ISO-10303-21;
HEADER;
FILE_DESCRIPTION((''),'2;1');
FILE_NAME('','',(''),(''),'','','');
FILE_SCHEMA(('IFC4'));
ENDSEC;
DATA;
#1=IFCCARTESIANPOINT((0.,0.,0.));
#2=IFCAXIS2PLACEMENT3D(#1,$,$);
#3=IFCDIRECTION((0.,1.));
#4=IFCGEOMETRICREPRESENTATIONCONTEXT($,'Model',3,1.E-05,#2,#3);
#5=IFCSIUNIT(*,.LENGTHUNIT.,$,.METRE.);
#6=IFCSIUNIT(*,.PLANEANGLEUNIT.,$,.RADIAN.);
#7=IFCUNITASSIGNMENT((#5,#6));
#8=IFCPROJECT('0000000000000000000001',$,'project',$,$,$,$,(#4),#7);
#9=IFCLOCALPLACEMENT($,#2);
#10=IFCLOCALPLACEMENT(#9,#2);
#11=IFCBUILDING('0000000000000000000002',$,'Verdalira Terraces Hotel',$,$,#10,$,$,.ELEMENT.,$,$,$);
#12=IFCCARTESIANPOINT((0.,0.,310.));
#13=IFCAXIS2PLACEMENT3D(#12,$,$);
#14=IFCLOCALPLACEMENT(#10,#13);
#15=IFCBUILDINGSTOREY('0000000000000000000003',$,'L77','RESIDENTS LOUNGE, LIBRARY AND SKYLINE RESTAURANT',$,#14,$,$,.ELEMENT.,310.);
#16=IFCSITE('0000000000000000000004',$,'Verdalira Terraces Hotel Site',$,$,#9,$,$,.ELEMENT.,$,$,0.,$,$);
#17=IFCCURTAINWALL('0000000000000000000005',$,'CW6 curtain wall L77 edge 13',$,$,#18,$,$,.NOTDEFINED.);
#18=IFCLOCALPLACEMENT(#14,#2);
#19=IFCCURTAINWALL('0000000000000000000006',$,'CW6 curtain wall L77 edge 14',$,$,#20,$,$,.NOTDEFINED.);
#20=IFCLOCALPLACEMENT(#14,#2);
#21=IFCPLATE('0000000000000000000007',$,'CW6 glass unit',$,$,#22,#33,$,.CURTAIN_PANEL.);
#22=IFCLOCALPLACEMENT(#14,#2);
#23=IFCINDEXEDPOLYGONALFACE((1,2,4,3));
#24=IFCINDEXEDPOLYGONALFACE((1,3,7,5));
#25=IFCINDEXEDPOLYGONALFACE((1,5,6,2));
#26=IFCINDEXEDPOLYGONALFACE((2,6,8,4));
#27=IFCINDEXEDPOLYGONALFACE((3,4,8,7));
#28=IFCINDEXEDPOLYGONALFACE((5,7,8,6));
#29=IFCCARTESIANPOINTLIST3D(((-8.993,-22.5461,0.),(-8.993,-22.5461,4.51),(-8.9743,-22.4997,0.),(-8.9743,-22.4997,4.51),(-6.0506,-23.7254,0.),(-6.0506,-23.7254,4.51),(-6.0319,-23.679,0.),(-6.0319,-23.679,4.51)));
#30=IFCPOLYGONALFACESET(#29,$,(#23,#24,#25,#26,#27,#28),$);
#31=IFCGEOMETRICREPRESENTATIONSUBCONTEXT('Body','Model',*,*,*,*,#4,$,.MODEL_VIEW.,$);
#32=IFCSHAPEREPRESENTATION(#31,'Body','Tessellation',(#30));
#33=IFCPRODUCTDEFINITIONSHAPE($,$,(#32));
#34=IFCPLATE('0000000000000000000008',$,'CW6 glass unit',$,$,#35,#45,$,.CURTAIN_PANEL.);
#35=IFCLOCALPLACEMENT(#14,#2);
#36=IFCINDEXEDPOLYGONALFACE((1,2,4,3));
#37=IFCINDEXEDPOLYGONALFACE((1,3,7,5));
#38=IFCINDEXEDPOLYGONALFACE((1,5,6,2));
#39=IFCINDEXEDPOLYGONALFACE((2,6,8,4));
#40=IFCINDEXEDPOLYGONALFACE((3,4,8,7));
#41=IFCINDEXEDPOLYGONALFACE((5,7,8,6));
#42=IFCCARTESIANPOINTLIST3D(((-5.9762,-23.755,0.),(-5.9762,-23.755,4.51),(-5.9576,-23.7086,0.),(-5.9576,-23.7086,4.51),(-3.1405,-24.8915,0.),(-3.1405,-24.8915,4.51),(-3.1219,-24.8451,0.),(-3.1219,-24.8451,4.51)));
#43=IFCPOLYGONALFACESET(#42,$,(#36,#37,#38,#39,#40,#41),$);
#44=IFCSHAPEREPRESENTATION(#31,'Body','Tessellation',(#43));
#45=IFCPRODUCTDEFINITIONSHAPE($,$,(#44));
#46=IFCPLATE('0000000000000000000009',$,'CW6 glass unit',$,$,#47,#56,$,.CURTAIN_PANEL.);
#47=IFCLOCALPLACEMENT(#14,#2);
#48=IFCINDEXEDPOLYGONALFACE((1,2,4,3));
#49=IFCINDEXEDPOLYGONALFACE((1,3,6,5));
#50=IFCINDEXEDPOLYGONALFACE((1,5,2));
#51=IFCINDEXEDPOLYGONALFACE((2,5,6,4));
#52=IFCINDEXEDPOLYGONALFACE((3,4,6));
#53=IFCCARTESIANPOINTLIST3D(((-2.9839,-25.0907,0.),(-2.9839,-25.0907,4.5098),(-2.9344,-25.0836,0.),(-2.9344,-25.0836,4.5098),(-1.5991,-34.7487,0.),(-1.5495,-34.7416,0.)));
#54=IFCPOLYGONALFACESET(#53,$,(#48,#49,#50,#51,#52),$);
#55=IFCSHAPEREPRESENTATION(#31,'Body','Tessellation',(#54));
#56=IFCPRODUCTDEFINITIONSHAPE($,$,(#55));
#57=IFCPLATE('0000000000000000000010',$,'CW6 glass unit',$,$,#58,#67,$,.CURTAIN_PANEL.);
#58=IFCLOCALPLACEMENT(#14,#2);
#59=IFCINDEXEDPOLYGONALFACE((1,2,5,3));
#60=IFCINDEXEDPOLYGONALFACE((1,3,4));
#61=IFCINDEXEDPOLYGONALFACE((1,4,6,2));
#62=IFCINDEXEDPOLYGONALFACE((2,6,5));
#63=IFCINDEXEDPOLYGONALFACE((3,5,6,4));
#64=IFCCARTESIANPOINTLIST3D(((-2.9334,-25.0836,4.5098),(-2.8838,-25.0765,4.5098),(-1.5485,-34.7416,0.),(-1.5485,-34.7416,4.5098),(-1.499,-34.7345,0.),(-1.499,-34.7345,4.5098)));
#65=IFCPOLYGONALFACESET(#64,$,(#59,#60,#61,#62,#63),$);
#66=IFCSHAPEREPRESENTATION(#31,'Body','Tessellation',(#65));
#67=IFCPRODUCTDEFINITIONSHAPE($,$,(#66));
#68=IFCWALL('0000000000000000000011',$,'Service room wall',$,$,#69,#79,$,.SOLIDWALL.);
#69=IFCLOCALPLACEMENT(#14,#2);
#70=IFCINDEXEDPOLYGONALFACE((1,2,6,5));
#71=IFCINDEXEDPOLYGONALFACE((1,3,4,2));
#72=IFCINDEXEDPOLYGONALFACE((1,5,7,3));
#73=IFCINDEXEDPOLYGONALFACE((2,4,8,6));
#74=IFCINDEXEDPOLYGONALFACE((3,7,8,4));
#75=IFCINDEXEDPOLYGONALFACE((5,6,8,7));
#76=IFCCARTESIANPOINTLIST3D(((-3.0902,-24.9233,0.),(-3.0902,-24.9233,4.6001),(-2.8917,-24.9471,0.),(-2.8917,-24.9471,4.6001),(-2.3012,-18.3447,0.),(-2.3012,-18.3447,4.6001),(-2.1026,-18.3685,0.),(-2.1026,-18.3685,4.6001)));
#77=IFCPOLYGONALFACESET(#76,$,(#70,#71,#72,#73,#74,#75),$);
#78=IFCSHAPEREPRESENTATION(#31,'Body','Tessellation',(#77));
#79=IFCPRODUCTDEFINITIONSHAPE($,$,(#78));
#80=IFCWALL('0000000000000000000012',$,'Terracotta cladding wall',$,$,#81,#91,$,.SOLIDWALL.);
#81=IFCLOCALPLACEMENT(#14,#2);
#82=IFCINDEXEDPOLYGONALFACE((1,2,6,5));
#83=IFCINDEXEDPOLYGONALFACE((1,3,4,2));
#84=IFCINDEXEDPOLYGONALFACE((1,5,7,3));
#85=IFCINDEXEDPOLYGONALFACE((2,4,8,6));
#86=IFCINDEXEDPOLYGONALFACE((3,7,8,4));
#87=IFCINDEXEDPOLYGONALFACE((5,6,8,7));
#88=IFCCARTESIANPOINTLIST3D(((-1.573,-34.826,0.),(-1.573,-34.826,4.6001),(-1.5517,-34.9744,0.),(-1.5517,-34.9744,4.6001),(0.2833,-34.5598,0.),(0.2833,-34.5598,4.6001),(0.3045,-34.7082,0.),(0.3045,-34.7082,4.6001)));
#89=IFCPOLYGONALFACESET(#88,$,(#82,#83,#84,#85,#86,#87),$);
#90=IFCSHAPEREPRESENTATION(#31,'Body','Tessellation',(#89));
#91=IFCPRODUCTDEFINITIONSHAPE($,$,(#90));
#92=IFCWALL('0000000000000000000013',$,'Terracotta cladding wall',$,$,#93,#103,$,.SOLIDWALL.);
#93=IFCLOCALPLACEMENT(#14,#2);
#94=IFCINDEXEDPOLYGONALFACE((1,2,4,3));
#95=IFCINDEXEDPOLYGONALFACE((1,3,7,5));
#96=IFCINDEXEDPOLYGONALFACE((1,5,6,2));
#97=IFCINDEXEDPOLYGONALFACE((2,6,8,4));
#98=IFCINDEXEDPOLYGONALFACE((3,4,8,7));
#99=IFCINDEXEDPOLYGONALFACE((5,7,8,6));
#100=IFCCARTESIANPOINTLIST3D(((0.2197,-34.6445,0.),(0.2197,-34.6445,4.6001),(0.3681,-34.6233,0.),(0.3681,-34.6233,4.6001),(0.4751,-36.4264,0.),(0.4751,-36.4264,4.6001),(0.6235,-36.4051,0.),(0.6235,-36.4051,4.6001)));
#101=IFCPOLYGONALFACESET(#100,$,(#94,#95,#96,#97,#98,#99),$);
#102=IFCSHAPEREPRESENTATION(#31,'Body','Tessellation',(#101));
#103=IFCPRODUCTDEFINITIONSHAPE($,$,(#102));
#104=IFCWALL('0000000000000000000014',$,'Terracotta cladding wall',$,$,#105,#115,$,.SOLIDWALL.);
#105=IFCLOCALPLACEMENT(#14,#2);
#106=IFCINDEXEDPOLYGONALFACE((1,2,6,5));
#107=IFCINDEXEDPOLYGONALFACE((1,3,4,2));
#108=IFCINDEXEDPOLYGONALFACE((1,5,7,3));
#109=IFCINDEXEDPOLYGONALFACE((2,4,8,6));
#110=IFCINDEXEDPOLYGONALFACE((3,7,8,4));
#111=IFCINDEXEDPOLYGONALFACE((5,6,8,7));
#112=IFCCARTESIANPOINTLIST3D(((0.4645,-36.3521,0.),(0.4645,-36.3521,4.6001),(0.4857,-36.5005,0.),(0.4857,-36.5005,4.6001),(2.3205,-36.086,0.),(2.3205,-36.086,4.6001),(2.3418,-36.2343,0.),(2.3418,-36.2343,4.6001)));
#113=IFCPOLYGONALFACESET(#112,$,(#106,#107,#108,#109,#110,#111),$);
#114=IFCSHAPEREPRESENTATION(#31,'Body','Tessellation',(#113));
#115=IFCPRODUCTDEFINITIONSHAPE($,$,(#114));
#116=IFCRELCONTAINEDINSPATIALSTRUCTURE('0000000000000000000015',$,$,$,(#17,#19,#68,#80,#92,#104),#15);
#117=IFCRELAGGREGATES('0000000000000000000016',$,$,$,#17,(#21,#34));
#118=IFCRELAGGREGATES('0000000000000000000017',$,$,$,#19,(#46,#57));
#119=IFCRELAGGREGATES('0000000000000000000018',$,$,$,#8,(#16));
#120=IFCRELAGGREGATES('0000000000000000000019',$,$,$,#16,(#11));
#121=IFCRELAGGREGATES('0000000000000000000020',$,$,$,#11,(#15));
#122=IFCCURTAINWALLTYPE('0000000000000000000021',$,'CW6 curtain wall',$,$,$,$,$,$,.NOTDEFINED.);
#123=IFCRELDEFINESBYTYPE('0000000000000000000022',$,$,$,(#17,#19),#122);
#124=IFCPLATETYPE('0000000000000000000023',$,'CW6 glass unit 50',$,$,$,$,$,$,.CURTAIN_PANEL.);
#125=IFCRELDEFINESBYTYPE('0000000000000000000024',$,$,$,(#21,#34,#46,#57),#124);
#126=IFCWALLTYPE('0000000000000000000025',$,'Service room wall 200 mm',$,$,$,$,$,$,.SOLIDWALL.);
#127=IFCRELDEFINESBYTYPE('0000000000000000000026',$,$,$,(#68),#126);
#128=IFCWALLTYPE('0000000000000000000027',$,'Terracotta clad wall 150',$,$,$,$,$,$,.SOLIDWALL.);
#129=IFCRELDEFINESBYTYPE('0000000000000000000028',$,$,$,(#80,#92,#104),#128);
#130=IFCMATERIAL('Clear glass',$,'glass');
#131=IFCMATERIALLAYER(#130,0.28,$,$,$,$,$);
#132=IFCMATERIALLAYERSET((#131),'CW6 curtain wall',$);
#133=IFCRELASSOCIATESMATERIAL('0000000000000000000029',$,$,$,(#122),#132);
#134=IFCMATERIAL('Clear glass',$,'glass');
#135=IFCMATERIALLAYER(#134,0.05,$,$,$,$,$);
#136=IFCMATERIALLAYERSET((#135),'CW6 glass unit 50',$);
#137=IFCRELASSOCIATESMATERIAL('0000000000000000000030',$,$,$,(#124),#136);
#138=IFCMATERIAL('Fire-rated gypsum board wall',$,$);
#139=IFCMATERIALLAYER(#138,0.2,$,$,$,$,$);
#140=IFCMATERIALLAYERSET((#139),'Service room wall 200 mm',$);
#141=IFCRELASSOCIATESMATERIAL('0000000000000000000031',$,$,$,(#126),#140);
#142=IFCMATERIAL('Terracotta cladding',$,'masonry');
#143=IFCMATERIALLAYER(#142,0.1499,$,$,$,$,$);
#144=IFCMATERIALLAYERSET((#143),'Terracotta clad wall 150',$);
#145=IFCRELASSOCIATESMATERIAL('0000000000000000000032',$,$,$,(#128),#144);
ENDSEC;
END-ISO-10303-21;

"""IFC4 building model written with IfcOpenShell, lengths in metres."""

from ifc_helpers import new_model, si_unit, direction, frame, frame_2d, origin, origin_2d, place, context, subcontext, project, spatial, polyline, rectangle, outline, extrude, material, layer, layer_set, type_object, element, aggregate, save


model = new_model("IFC4")

# Units and contexts
model_context = context("Model", 3, precision=1e-05, world=origin(), true_north=direction((0.0, 1.0)))
body_context = subcontext(model_context, "Body", "Model", "MODEL_VIEW")
ifc_project = project(units=[si_unit("LENGTHUNIT", "METRE"), si_unit("PLANEANGLEUNIT", "RADIAN")], contexts=[model_context])

# Site, building, storey
site_placement = place(None, origin())
site = spatial("IfcSite", under=ifc_project, at=site_placement, Name="Verdalira Terraces Hotel Site", CompositionType="ELEMENT", RefElevation=0.0)
building_placement = place(site_placement, origin())
building = spatial("IfcBuilding", under=site, at=building_placement, Name="Verdalira Terraces Hotel", CompositionType="ELEMENT")
storey_placement = place(building_placement, frame((0.0, 0.0, 310.0)))
storey = spatial("IfcBuildingStorey", under=building, at=storey_placement, Name="L77", Description="RESIDENTS LOUNGE, LIBRARY AND SKYLINE RESTAURANT", CompositionType="ELEMENT", Elevation=310.0)

# Curtain walls
ifc_material_1 = material(Name="Clear glass", Category="glass")
ifc_layer_1 = layer(ifc_material_1, 0.28)
ifc_layer_set_1 = layer_set([ifc_layer_1], Name="CW6 curtain wall")
curtain_wall_type = type_object("IfcCurtainWallType", Name="CW6 curtain wall", PredefinedType="NOTDEFINED", material=ifc_layer_set_1)
curtain_wall_1_placement = place(storey_placement, origin())
curtain_wall_1 = element("IfcCurtainWall", 1, at=curtain_wall_1_placement, inside=storey, type_object=curtain_wall_type, Name="CW6 curtain wall L77 edge 13", PredefinedType="NOTDEFINED")
curtain_wall_2_placement = place(storey_placement, origin())
curtain_wall_2 = element("IfcCurtainWall", 2, at=curtain_wall_2_placement, inside=storey, type_object=curtain_wall_type, Name="CW6 curtain wall L77 edge 14", PredefinedType="NOTDEFINED")

# Plates
ifc_material_2 = material(Name="Clear glass", Category="glass")
ifc_layer_2 = layer(ifc_material_2, 0.05)
ifc_layer_set_2 = layer_set([ifc_layer_2], Name="CW6 glass unit 50")
plate_type = type_object("IfcPlateType", Name="CW6 glass unit 50", PredefinedType="CURTAIN_PANEL", material=ifc_layer_set_2)
plate_1_placement = place(storey_placement, frame((-7.5125, -23.1125, 0.0), z_axis=(0.0, 0.0, 1.0), x_axis=(0.928226, -0.372016, 0.0)))
plate_1 = element("IfcPlate", 3, at=plate_1_placement, type_object=plate_type, Name="CW6 glass unit", PredefinedType="CURTAIN_PANEL", context=body_context, shape_type="SweptSolid", body=[
    extrude(rectangle(XDim=3.1699, YDim=0.05, at=origin_2d()), origin(), (0.0, 0.0, 1.0), 4.51),
])
plate_2_placement = place(storey_placement, frame((-4.5491, -24.3, 0.0), z_axis=(0.0, 0.0, 1.0), x_axis=(0.928226, -0.372016, 0.0)))
plate_2 = element("IfcPlate", 4, at=plate_2_placement, type_object=plate_type, Name="CW6 glass unit", PredefinedType="CURTAIN_PANEL", context=body_context, shape_type="SweptSolid", body=[
    extrude(rectangle(XDim=3.0549, YDim=0.05, at=origin_2d()), origin(), (0.0, 0.0, 1.0), 4.51),
])
aggregate(curtain_wall_1, [plate_1, plate_2])
plate_3_placement = place(storey_placement, frame((-2.2419, -29.9126, 2.2549), z_axis=(-0.989876, -0.141938, 0.0), x_axis=(0.141938, -0.989876, 0.0)))
plate_3 = element("IfcPlate", 5, at=plate_3_placement, type_object=plate_type, Name="CW6 glass unit", PredefinedType="CURTAIN_PANEL", context=body_context, shape_type="SweptSolid", body=[
    extrude(outline(polyline([(-4.8784, -2.2549), (4.8784, -2.2549), (-4.8784, 2.2549), (-4.8784, -2.2549)])), origin(), (0.0, 0.0, 1.0), 0.05),
])
plate_4_placement = place(storey_placement, frame((-2.1914, -29.9055, 2.2549), z_axis=(-0.989876, -0.141938, 0.0), x_axis=(0.141938, -0.989876, 0.0)))
plate_4 = element("IfcPlate", 6, at=plate_4_placement, type_object=plate_type, Name="CW6 glass unit", PredefinedType="CURTAIN_PANEL", context=body_context, shape_type="SweptSolid", body=[
    extrude(outline(polyline([(4.8784, -2.2549), (4.8784, 2.2549), (-4.8784, 2.2549), (4.8784, -2.2549)])), origin(), (0.0, 0.0, 1.0), 0.05),
])
aggregate(curtain_wall_2, [plate_3, plate_4])

# Walls
ifc_material_3 = material(Name="Fire-rated gypsum board wall")
ifc_layer_3 = layer(ifc_material_3, 0.2)
ifc_layer_set_3 = layer_set([ifc_layer_3], Name="Service room wall 200 mm")
wall_type_1 = type_object("IfcWallType", Name="Service room wall 200 mm", PredefinedType="SOLIDWALL", material=ifc_layer_set_3)
wall_1_placement = place(storey_placement, frame((-2.991, -24.9353, 0.0), z_axis=(0.0, 0.0, 1.0), x_axis=(0.11909, 0.992883, 0.0)))
element("IfcWall", 7, at=wall_1_placement, inside=storey, type_object=wall_type_1, Name="Service room wall", PredefinedType="SOLIDWALL", context=body_context, shape_type="SweptSolid", body=[
    extrude(rectangle(XDim=6.6257, YDim=0.2, at=frame_2d((3.313, 0.0))), origin(), (0.0, 0.0, 1.0), 4.6001),
])
ifc_material_4 = material(Name="Terracotta cladding", Category="masonry")
ifc_layer_4 = layer(ifc_material_4, 0.1499)
ifc_layer_set_4 = layer_set([ifc_layer_4], Name="Terracotta clad wall 150")
wall_type_2 = type_object("IfcWallType", Name="Terracotta clad wall 150", PredefinedType="SOLIDWALL", material=ifc_layer_set_4)
wall_2_placement = place(storey_placement, frame((-1.5623, -34.9001, 0.0), z_axis=(0.0, 0.0, 1.0), x_axis=(0.989879, 0.141913, 0.0)))
element("IfcWall", 8, at=wall_2_placement, inside=storey, type_object=wall_type_2, Name="Terracotta cladding wall", PredefinedType="SOLIDWALL", context=body_context, shape_type="SweptSolid", body=[
    extrude(rectangle(XDim=1.8752, YDim=0.1499, at=frame_2d((0.9375, 0.0))), origin(), (0.0, 0.0, 1.0), 4.6001),
])
wall_3_placement = place(storey_placement, frame((0.2939, -34.634, 0.0), z_axis=(0.0, 0.0, 1.0), x_axis=(0.141877, -0.989884, 0.0)))
element("IfcWall", 9, at=wall_3_placement, inside=storey, type_object=wall_type_2, Name="Terracotta cladding wall", PredefinedType="SOLIDWALL", context=body_context, shape_type="SweptSolid", body=[
    extrude(rectangle(XDim=1.8, YDim=0.1499, at=frame_2d((0.8999, 0.0))), origin(), (0.0, 0.0, 1.0), 4.6001),
])
wall_4_placement = place(storey_placement, frame((0.4751, -36.4263, 0.0), z_axis=(0.0, 0.0, 1.0), x_axis=(0.989876, 0.141932, 0.0)))
element("IfcWall", 10, at=wall_4_placement, inside=storey, type_object=wall_type_2, Name="Terracotta cladding wall", PredefinedType="SOLIDWALL", context=body_context, shape_type="SweptSolid", body=[
    extrude(rectangle(XDim=1.875, YDim=0.1499, at=frame_2d((0.9375, 0.0))), origin(), (0.0, 0.0, 1.0), 4.6001),
])

save(model, "model.ifc")
